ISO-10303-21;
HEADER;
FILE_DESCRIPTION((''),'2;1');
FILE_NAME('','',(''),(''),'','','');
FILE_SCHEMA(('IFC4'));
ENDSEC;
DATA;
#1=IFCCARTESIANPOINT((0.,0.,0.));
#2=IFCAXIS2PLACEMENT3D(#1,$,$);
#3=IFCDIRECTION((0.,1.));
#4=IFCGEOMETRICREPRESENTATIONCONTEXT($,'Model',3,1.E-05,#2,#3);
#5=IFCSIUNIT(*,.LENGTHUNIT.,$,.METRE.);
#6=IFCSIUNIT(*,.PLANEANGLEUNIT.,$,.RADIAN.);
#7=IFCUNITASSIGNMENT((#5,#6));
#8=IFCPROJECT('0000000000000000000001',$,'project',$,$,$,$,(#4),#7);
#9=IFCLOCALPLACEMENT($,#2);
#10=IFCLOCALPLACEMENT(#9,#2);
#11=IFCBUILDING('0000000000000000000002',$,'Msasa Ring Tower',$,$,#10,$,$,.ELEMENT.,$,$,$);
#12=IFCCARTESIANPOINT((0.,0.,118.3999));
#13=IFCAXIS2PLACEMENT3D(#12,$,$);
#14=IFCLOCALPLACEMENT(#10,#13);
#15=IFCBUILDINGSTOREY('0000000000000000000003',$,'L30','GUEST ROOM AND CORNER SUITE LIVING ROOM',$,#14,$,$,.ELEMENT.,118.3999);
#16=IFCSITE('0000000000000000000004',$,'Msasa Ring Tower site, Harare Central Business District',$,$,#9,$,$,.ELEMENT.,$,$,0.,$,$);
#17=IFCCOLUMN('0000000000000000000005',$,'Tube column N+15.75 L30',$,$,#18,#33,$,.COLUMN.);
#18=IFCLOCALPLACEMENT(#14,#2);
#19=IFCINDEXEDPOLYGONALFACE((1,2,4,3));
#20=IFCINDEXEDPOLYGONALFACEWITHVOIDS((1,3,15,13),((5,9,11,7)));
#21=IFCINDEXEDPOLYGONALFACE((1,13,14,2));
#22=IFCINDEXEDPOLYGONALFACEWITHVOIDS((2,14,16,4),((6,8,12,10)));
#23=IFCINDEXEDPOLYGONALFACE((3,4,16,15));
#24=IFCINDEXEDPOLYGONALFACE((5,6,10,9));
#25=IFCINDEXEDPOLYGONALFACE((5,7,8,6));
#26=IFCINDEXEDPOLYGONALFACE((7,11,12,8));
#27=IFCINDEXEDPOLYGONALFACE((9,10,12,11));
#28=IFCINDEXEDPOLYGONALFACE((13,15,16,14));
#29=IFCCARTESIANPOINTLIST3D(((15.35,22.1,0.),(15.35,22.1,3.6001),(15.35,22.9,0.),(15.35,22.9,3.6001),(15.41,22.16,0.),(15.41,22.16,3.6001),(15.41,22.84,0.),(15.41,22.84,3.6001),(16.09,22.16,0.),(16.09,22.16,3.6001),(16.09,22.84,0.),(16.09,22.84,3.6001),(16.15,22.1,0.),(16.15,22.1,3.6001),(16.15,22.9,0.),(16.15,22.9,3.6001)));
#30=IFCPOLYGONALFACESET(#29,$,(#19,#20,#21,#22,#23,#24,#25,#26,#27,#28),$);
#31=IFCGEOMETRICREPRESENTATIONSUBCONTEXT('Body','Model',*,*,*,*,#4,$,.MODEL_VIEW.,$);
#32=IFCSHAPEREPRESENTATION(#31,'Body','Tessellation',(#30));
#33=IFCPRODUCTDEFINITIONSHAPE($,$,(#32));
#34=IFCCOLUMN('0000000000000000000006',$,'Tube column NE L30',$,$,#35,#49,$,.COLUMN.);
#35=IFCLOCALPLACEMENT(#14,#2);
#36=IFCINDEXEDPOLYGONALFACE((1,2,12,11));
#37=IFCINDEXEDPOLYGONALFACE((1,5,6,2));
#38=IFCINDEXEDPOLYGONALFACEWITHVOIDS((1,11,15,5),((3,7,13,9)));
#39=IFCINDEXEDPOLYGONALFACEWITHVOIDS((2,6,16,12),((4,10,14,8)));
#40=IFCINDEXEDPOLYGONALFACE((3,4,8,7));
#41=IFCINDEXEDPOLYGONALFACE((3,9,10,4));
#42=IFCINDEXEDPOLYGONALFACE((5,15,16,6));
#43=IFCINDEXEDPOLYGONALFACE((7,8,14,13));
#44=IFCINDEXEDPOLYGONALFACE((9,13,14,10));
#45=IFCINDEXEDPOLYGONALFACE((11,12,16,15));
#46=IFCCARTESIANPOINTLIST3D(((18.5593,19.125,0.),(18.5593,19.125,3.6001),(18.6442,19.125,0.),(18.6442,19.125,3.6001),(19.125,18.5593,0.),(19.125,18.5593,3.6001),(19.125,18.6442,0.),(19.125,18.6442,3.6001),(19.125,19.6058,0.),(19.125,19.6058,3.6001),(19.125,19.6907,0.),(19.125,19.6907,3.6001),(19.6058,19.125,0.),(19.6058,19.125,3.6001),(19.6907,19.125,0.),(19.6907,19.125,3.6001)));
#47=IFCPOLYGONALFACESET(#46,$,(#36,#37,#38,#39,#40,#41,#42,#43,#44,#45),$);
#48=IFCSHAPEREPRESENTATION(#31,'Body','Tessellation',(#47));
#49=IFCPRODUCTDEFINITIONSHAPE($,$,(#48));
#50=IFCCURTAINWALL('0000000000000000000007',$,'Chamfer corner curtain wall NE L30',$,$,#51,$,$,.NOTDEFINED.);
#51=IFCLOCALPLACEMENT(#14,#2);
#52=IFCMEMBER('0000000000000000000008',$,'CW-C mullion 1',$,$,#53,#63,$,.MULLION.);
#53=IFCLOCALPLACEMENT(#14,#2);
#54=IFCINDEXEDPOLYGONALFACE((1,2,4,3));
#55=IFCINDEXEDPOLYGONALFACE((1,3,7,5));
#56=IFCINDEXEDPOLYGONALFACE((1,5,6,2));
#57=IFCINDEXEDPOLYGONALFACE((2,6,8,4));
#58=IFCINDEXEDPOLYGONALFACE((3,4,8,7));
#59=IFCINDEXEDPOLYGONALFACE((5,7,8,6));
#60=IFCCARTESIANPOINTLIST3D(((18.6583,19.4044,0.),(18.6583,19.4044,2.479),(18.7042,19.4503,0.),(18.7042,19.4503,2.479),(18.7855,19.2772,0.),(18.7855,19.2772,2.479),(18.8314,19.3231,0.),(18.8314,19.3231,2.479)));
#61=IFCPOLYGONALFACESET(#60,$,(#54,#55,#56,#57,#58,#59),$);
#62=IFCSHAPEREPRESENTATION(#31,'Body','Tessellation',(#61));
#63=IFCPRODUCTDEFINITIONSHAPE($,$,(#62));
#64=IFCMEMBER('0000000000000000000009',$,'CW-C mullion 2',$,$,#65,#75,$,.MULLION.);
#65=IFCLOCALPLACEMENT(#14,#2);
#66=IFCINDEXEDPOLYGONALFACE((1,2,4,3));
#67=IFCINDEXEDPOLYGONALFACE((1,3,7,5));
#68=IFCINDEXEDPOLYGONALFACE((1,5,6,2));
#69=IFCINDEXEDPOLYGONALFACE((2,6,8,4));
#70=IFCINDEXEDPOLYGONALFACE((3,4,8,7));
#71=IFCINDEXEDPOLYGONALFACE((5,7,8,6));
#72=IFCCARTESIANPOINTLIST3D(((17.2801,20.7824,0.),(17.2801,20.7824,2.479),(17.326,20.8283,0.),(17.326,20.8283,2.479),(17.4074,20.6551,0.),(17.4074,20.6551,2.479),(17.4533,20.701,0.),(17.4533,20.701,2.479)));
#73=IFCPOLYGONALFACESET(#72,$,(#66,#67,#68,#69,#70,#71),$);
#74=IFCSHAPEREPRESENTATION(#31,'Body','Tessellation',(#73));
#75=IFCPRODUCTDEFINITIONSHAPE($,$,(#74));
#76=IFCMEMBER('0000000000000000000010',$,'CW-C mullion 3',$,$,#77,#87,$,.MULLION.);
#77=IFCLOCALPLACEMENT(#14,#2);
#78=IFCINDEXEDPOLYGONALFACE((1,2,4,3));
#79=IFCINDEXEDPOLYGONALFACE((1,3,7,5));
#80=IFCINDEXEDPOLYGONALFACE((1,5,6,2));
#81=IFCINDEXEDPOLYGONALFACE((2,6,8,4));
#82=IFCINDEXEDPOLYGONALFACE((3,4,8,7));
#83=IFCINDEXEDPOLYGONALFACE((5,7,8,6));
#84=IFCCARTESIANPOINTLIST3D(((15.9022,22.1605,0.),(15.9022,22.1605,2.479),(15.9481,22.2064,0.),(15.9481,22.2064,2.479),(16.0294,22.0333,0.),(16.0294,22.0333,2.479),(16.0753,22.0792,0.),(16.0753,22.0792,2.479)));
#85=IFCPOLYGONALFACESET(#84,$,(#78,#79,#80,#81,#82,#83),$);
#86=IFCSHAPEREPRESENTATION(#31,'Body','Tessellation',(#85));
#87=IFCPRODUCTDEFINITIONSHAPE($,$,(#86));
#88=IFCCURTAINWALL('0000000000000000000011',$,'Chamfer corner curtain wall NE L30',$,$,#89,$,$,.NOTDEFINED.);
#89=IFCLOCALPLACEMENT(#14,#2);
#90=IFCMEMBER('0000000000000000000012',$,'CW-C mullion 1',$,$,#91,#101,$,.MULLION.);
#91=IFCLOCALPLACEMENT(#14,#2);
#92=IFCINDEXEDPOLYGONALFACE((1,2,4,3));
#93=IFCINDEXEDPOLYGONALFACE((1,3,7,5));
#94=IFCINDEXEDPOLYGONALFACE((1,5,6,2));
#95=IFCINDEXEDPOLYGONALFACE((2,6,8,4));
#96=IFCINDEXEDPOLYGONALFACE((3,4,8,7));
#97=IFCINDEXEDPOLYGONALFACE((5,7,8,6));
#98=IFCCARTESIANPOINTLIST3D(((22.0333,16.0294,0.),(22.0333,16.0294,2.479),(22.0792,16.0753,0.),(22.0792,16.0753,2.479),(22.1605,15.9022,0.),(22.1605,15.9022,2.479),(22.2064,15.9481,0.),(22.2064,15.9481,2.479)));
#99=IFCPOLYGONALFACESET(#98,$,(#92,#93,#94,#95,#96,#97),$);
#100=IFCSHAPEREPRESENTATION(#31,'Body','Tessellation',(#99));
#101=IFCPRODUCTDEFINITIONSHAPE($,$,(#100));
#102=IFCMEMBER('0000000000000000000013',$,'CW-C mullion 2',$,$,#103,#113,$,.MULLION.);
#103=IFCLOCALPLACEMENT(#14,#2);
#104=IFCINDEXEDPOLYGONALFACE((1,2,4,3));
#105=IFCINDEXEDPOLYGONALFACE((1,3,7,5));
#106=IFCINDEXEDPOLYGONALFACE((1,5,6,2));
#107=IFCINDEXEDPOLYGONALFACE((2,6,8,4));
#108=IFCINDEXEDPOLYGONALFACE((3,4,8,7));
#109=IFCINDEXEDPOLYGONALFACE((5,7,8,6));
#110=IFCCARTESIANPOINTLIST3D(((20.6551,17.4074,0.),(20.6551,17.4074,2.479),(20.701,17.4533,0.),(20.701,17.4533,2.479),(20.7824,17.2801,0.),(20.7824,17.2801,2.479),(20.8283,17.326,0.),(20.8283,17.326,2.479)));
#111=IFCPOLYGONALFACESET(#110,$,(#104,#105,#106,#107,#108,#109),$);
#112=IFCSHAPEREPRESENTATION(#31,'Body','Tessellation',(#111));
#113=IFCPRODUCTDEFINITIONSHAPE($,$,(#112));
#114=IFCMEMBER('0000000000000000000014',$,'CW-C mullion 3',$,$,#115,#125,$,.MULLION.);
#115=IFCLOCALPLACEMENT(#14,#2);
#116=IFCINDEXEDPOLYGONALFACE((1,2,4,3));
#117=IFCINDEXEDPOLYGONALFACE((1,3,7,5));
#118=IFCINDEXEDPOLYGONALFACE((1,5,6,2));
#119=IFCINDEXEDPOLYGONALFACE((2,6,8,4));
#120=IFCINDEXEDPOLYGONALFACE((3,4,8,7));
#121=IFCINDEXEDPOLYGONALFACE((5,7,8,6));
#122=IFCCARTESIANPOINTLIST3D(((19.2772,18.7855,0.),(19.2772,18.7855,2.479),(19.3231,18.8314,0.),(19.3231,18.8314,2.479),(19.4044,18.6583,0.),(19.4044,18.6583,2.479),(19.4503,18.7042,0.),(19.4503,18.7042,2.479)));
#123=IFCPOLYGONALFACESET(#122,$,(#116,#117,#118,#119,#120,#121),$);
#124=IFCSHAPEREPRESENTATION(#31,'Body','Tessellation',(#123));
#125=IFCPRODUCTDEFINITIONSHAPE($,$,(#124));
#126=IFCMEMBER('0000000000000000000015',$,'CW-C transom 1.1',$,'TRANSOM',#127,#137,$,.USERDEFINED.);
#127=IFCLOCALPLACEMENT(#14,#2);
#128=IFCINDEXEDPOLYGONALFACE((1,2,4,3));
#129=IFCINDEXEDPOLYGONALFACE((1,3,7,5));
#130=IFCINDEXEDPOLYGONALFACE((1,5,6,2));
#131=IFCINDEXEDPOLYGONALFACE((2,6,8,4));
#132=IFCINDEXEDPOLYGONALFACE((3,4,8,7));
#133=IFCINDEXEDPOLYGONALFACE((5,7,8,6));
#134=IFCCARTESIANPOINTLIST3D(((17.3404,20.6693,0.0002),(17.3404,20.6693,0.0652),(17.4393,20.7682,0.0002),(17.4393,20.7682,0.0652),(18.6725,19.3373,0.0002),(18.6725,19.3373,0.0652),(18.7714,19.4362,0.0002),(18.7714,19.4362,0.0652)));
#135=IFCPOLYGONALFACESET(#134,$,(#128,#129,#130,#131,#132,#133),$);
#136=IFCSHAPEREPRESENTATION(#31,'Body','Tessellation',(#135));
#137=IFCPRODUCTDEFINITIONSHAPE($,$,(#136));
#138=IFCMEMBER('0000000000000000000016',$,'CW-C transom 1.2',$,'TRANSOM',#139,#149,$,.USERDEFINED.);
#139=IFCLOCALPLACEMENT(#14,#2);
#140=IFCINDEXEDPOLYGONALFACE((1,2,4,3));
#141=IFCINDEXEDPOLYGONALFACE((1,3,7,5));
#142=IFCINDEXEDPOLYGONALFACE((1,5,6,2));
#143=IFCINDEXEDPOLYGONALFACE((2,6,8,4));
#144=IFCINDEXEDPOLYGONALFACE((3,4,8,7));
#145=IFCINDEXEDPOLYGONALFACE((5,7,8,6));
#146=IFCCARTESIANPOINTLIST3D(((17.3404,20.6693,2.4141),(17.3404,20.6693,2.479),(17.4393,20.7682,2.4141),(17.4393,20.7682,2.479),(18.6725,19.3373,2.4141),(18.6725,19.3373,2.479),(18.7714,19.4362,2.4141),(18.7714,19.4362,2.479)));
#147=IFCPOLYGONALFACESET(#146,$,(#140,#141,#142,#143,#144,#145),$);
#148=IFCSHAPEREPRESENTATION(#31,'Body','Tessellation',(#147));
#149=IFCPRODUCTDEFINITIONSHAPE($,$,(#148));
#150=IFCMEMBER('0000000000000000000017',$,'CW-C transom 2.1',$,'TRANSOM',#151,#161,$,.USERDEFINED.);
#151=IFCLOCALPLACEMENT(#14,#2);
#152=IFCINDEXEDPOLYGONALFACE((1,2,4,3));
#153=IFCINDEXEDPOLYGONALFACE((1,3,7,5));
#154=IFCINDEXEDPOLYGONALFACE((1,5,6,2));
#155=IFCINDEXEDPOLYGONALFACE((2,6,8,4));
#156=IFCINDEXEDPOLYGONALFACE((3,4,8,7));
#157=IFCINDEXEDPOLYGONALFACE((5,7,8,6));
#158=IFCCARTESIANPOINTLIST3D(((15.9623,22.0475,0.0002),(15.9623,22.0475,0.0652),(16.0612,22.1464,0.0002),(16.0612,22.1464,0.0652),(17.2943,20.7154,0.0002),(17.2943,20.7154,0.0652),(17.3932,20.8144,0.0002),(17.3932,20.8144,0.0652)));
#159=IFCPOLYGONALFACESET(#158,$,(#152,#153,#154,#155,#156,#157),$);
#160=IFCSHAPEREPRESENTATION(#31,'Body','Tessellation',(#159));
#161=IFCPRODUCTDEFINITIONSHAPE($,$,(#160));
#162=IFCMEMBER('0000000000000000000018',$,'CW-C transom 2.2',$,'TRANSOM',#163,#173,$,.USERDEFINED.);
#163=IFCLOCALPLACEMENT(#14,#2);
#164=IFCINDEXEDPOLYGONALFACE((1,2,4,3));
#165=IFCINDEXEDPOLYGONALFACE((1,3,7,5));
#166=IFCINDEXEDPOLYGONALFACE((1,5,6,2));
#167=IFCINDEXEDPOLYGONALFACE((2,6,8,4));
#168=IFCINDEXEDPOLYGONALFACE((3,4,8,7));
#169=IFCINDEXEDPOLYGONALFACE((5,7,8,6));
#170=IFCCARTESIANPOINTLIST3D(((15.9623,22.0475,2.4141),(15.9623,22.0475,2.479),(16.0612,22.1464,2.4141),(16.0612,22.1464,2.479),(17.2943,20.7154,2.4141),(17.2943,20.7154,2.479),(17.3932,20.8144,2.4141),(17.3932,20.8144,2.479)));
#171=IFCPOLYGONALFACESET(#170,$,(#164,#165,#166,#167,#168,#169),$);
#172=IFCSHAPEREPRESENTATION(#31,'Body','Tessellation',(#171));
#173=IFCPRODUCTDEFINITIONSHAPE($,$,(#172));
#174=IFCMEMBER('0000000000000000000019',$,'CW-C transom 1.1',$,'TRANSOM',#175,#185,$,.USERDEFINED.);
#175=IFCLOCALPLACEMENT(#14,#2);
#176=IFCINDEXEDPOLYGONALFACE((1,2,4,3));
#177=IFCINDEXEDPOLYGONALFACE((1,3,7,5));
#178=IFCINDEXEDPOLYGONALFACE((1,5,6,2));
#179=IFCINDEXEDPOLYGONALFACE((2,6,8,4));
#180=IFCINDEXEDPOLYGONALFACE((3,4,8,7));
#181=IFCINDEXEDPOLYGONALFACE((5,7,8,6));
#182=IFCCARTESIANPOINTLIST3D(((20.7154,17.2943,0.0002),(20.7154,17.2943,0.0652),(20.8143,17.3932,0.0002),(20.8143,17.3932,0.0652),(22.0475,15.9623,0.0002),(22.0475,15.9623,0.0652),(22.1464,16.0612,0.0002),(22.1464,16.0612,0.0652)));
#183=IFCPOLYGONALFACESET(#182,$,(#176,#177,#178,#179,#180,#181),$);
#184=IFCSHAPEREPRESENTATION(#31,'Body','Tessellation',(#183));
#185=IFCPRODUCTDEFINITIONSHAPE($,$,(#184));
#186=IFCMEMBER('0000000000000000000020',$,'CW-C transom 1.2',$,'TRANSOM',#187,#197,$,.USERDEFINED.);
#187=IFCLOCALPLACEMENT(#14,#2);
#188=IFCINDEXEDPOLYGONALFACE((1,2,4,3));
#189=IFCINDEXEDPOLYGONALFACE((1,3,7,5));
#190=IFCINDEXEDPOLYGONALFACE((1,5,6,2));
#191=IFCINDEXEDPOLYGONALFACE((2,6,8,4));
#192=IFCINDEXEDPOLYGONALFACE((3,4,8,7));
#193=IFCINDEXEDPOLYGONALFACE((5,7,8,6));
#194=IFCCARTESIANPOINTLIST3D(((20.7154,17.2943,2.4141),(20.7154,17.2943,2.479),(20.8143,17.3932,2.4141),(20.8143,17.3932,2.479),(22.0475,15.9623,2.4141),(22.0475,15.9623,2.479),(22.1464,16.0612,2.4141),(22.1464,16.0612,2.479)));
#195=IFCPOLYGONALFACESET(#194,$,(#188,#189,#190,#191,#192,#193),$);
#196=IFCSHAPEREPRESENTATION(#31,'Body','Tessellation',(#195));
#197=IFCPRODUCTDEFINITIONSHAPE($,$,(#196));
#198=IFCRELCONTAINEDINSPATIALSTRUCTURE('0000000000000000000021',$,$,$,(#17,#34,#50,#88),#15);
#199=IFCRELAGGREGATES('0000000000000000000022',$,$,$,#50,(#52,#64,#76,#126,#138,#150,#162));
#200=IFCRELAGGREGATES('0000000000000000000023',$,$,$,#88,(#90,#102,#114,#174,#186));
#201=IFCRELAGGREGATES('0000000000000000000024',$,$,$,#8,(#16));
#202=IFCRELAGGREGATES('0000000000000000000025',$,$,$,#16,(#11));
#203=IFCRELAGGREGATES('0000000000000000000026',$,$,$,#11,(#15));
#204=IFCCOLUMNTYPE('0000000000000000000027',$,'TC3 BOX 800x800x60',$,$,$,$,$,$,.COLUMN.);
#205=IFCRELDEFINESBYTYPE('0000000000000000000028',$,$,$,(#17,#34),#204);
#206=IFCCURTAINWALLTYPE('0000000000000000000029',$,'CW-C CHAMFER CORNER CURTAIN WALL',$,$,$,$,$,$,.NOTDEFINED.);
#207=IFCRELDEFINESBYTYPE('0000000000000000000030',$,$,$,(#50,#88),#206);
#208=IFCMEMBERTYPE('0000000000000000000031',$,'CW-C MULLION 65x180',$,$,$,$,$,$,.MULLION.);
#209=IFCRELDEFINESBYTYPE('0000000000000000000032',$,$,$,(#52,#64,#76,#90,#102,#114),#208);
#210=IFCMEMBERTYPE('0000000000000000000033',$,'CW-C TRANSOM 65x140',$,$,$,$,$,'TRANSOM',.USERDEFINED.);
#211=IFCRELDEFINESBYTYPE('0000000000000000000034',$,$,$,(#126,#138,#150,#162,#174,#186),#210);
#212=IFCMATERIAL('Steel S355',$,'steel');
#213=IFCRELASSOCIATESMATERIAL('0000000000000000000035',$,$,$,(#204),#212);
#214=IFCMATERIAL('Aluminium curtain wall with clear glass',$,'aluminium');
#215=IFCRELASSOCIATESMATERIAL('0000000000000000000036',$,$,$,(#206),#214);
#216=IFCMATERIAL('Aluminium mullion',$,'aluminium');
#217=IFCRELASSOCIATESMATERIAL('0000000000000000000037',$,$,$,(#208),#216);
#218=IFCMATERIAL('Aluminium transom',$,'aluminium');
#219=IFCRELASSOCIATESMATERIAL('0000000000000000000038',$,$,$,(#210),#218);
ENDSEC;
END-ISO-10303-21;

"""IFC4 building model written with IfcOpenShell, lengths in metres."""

from ifc_helpers import new_model, si_unit, direction, frame, origin, origin_2d, place, context, subcontext, project, spatial, rectangle, hollow_rectangle, extrude, material, material_profile, profile_set, type_object, element, aggregate, save


model = new_model("IFC4")

# Units and contexts
model_context = context("Model", 3, precision=1e-05, world=origin(), true_north=direction((0.0, 1.0)))
body_context = subcontext(model_context, "Body", "Model", "MODEL_VIEW")
ifc_project = project(units=[si_unit("LENGTHUNIT", "METRE"), si_unit("PLANEANGLEUNIT", "RADIAN")], contexts=[model_context])

# Site, building, storey
site_placement = place(None, origin())
site = spatial("IfcSite", under=ifc_project, at=site_placement, Name="Msasa Ring Tower site, Harare Central Business District", CompositionType="ELEMENT", RefElevation=0.0)
building_placement = place(site_placement, origin())
building = spatial("IfcBuilding", under=site, at=building_placement, Name="Msasa Ring Tower", CompositionType="ELEMENT")
storey_placement = place(building_placement, frame((0.0, 0.0, 118.3999)))
storey = spatial("IfcBuildingStorey", under=building, at=storey_placement, Name="L30", Description="GUEST ROOM AND CORNER SUITE LIVING ROOM", CompositionType="ELEMENT", Elevation=118.3999)

# Columns
ifc_material_1 = material(Name="Steel S355", Category="steel")
ifc_material_profile_1 = material_profile(ifc_material_1, hollow_rectangle(XDim=0.8, YDim=0.8, WallThickness=0.0601, at=origin_2d()), Name="BOX 800x800x60")
ifc_profile_set_1 = profile_set([ifc_material_profile_1], Name="Steel S355")
column_type = type_object("IfcColumnType", Name="TC3 BOX 800x800x60", PredefinedType="COLUMN", material=ifc_profile_set_1)
for number, where, z_axis, x_axis, name in (
    (1, (15.75, 22.5, 0.0), (0.0, 0.0, 1.0), (0.0, 1.0, 0.0), "Tube column N+15.75 L30"),
    (2, (19.125, 19.125, 0.0), (0.0, 0.0, 1.0), (0.707107, 0.707107, 0.0), "Tube column NE L30"),
):
    element("IfcColumn", number, at=place(storey_placement, frame(where, z_axis=z_axis, x_axis=x_axis)), inside=storey, type_object=column_type, Name=name, PredefinedType="COLUMN", context=body_context, shape_type="SweptSolid", body=[
        extrude(hollow_rectangle(XDim=0.8, YDim=0.8, WallThickness=0.0601, at=origin_2d()), origin(), (0.0, 0.0, 1.0), 3.6001),
    ])

# Curtain walls, members
ifc_material_2 = material(Name="Aluminium curtain wall with clear glass", Category="aluminium")
curtain_wall_type = type_object("IfcCurtainWallType", Name="CW-C CHAMFER CORNER CURTAIN WALL", PredefinedType="NOTDEFINED", material=ifc_material_2)
curtain_wall_1_placement = place(storey_placement, origin())
curtain_wall_1 = element("IfcCurtainWall", 3, at=curtain_wall_1_placement, inside=storey, type_object=curtain_wall_type, Name="Chamfer corner curtain wall NE L30", PredefinedType="NOTDEFINED")
ifc_material_3 = material(Name="Aluminium mullion", Category="aluminium")
ifc_material_profile_2 = material_profile(ifc_material_3, rectangle(XDim=0.0649, YDim=0.1799, at=origin_2d()), Name="AL 65x180")
ifc_profile_set_2 = profile_set([ifc_material_profile_2], Name="Aluminium mullion")
member_type_1 = type_object("IfcMemberType", Name="CW-C MULLION 65x180", PredefinedType="MULLION", material=ifc_profile_set_2)
member_1_placement = place(storey_placement, frame((18.7449, 19.3638, 0.0), z_axis=(0.0, 0.0, 1.0), x_axis=(-0.707107, -0.707107, 0.0)))
member_1 = element("IfcMember", 4, at=member_1_placement, type_object=member_type_1, Name="CW-C mullion 1", PredefinedType="MULLION", context=body_context, shape_type="SweptSolid", body=[
    extrude(rectangle(XDim=0.0649, YDim=0.1799, at=origin_2d()), origin(), (0.0, 0.0, 1.0), 2.479),
])
member_2_placement = place(storey_placement, frame((17.3667, 20.7417, 0.0), z_axis=(0.0, 0.0, 1.0), x_axis=(-0.707107, -0.707107, 0.0)))
member_2 = element("IfcMember", 5, at=member_2_placement, type_object=member_type_1, Name="CW-C mullion 2", PredefinedType="MULLION", context=body_context, shape_type="SweptSolid", body=[
    extrude(rectangle(XDim=0.0649, YDim=0.1799, at=origin_2d()), origin(), (0.0, 0.0, 1.0), 2.479),
])
member_3_placement = place(storey_placement, frame((15.9888, 22.1199, 0.0), z_axis=(0.0, 0.0, 1.0), x_axis=(-0.707107, -0.707107, 0.0)))
member_3 = element("IfcMember", 6, at=member_3_placement, type_object=member_type_1, Name="CW-C mullion 3", PredefinedType="MULLION", context=body_context, shape_type="SweptSolid", body=[
    extrude(rectangle(XDim=0.0649, YDim=0.1799, at=origin_2d()), origin(), (0.0, 0.0, 1.0), 2.479),
])
curtain_wall_2_placement = place(storey_placement, origin())
curtain_wall_2 = element("IfcCurtainWall", 7, at=curtain_wall_2_placement, inside=storey, type_object=curtain_wall_type, Name="Chamfer corner curtain wall NE L30", PredefinedType="NOTDEFINED")
member_4_placement = place(storey_placement, frame((22.1199, 15.9888, 0.0), z_axis=(0.0, 0.0, 1.0), x_axis=(-0.707107, -0.707107, 0.0)))
member_4 = element("IfcMember", 8, at=member_4_placement, type_object=member_type_1, Name="CW-C mullion 1", PredefinedType="MULLION", context=body_context, shape_type="SweptSolid", body=[
    extrude(rectangle(XDim=0.0649, YDim=0.1799, at=origin_2d()), origin(), (0.0, 0.0, 1.0), 2.479),
])
member_5_placement = place(storey_placement, frame((20.7417, 17.3667, 0.0), z_axis=(0.0, 0.0, 1.0), x_axis=(-0.707107, -0.707107, 0.0)))
member_5 = element("IfcMember", 9, at=member_5_placement, type_object=member_type_1, Name="CW-C mullion 2", PredefinedType="MULLION", context=body_context, shape_type="SweptSolid", body=[
    extrude(rectangle(XDim=0.0649, YDim=0.1799, at=origin_2d()), origin(), (0.0, 0.0, 1.0), 2.479),
])
member_6_placement = place(storey_placement, frame((19.3638, 18.7449, 0.0), z_axis=(0.0, 0.0, 1.0), x_axis=(-0.707107, -0.707107, 0.0)))
member_6 = element("IfcMember", 10, at=member_6_placement, type_object=member_type_1, Name="CW-C mullion 3", PredefinedType="MULLION", context=body_context, shape_type="SweptSolid", body=[
    extrude(rectangle(XDim=0.0649, YDim=0.1799, at=origin_2d()), origin(), (0.0, 0.0, 1.0), 2.479),
])

# Members
ifc_material_4 = material(Name="Aluminium transom", Category="aluminium")
ifc_material_profile_3 = material_profile(ifc_material_4, rectangle(XDim=0.1399, YDim=0.0649, at=origin_2d()), Name="AL 65x140")
ifc_profile_set_3 = profile_set([ifc_material_profile_3], Name="Aluminium transom")
member_type_2 = type_object("IfcMemberType", Name="CW-C TRANSOM 65x140", ElementType="TRANSOM", PredefinedType="USERDEFINED", material=ifc_profile_set_3)
member_7_placement = place(storey_placement, frame((18.7219, 19.3867, 0.0327), z_axis=(-0.707107, 0.707107, 0.0), x_axis=(-0.707107, -0.707107, 0.0)))
member_7 = element("IfcMember", 11, at=member_7_placement, type_object=member_type_2, Name="CW-C transom 1.1", ObjectType="TRANSOM", PredefinedType="USERDEFINED", context=body_context, shape_type="SweptSolid", body=[
    extrude(rectangle(XDim=0.1399, YDim=0.0649, at=origin_2d()), origin(), (0.0, 0.0, 1.0), 1.8838),
])
member_8_placement = place(storey_placement, frame((18.7219, 19.3867, 2.4465), z_axis=(-0.707107, 0.707107, 0.0), x_axis=(-0.707107, -0.707107, 0.0)))
member_8 = element("IfcMember", 12, at=member_8_placement, type_object=member_type_2, Name="CW-C transom 1.2", ObjectType="TRANSOM", PredefinedType="USERDEFINED", context=body_context, shape_type="SweptSolid", body=[
    extrude(rectangle(XDim=0.1399, YDim=0.0649, at=origin_2d()), origin(), (0.0, 0.0, 1.0), 1.8838),
])
member_9_placement = place(storey_placement, frame((17.3438, 20.7649, 0.0327), z_axis=(-0.707107, 0.707107, 0.0), x_axis=(-0.707107, -0.707107, 0.0)))
member_9 = element("IfcMember", 13, at=member_9_placement, type_object=member_type_2, Name="CW-C transom 2.1", ObjectType="TRANSOM", PredefinedType="USERDEFINED", context=body_context, shape_type="SweptSolid", body=[
    extrude(rectangle(XDim=0.1399, YDim=0.0649, at=origin_2d()), origin(), (0.0, 0.0, 1.0), 1.8838),
])
member_10_placement = place(storey_placement, frame((17.3438, 20.7649, 2.4465), z_axis=(-0.707107, 0.707107, 0.0), x_axis=(-0.707107, -0.707107, 0.0)))
member_10 = element("IfcMember", 14, at=member_10_placement, type_object=member_type_2, Name="CW-C transom 2.2", ObjectType="TRANSOM", PredefinedType="USERDEFINED", context=body_context, shape_type="SweptSolid", body=[
    extrude(rectangle(XDim=0.1399, YDim=0.0649, at=origin_2d()), origin(), (0.0, 0.0, 1.0), 1.8838),
])
member_11_placement = place(storey_placement, frame((22.0969, 16.0117, 0.0327), z_axis=(-0.707107, 0.707107, 0.0), x_axis=(-0.707107, -0.707107, 0.0)))
member_11 = element("IfcMember", 15, at=member_11_placement, type_object=member_type_2, Name="CW-C transom 1.1", ObjectType="TRANSOM", PredefinedType="USERDEFINED", context=body_context, shape_type="SweptSolid", body=[
    extrude(rectangle(XDim=0.1399, YDim=0.0649, at=origin_2d()), origin(), (0.0, 0.0, 1.0), 1.8838),
])
member_12_placement = place(storey_placement, frame((22.0969, 16.0117, 2.4465), z_axis=(-0.707107, 0.707107, 0.0), x_axis=(-0.707107, -0.707107, 0.0)))
member_12 = element("IfcMember", 16, at=member_12_placement, type_object=member_type_2, Name="CW-C transom 1.2", ObjectType="TRANSOM", PredefinedType="USERDEFINED", context=body_context, shape_type="SweptSolid", body=[
    extrude(rectangle(XDim=0.1399, YDim=0.0649, at=origin_2d()), origin(), (0.0, 0.0, 1.0), 1.8838),
])

aggregate(curtain_wall_1, [member_1, member_2, member_3, member_7, member_8, member_9, member_10])
aggregate(curtain_wall_2, [member_4, member_5, member_6, member_11, member_12])

save(model, "model.ifc")
